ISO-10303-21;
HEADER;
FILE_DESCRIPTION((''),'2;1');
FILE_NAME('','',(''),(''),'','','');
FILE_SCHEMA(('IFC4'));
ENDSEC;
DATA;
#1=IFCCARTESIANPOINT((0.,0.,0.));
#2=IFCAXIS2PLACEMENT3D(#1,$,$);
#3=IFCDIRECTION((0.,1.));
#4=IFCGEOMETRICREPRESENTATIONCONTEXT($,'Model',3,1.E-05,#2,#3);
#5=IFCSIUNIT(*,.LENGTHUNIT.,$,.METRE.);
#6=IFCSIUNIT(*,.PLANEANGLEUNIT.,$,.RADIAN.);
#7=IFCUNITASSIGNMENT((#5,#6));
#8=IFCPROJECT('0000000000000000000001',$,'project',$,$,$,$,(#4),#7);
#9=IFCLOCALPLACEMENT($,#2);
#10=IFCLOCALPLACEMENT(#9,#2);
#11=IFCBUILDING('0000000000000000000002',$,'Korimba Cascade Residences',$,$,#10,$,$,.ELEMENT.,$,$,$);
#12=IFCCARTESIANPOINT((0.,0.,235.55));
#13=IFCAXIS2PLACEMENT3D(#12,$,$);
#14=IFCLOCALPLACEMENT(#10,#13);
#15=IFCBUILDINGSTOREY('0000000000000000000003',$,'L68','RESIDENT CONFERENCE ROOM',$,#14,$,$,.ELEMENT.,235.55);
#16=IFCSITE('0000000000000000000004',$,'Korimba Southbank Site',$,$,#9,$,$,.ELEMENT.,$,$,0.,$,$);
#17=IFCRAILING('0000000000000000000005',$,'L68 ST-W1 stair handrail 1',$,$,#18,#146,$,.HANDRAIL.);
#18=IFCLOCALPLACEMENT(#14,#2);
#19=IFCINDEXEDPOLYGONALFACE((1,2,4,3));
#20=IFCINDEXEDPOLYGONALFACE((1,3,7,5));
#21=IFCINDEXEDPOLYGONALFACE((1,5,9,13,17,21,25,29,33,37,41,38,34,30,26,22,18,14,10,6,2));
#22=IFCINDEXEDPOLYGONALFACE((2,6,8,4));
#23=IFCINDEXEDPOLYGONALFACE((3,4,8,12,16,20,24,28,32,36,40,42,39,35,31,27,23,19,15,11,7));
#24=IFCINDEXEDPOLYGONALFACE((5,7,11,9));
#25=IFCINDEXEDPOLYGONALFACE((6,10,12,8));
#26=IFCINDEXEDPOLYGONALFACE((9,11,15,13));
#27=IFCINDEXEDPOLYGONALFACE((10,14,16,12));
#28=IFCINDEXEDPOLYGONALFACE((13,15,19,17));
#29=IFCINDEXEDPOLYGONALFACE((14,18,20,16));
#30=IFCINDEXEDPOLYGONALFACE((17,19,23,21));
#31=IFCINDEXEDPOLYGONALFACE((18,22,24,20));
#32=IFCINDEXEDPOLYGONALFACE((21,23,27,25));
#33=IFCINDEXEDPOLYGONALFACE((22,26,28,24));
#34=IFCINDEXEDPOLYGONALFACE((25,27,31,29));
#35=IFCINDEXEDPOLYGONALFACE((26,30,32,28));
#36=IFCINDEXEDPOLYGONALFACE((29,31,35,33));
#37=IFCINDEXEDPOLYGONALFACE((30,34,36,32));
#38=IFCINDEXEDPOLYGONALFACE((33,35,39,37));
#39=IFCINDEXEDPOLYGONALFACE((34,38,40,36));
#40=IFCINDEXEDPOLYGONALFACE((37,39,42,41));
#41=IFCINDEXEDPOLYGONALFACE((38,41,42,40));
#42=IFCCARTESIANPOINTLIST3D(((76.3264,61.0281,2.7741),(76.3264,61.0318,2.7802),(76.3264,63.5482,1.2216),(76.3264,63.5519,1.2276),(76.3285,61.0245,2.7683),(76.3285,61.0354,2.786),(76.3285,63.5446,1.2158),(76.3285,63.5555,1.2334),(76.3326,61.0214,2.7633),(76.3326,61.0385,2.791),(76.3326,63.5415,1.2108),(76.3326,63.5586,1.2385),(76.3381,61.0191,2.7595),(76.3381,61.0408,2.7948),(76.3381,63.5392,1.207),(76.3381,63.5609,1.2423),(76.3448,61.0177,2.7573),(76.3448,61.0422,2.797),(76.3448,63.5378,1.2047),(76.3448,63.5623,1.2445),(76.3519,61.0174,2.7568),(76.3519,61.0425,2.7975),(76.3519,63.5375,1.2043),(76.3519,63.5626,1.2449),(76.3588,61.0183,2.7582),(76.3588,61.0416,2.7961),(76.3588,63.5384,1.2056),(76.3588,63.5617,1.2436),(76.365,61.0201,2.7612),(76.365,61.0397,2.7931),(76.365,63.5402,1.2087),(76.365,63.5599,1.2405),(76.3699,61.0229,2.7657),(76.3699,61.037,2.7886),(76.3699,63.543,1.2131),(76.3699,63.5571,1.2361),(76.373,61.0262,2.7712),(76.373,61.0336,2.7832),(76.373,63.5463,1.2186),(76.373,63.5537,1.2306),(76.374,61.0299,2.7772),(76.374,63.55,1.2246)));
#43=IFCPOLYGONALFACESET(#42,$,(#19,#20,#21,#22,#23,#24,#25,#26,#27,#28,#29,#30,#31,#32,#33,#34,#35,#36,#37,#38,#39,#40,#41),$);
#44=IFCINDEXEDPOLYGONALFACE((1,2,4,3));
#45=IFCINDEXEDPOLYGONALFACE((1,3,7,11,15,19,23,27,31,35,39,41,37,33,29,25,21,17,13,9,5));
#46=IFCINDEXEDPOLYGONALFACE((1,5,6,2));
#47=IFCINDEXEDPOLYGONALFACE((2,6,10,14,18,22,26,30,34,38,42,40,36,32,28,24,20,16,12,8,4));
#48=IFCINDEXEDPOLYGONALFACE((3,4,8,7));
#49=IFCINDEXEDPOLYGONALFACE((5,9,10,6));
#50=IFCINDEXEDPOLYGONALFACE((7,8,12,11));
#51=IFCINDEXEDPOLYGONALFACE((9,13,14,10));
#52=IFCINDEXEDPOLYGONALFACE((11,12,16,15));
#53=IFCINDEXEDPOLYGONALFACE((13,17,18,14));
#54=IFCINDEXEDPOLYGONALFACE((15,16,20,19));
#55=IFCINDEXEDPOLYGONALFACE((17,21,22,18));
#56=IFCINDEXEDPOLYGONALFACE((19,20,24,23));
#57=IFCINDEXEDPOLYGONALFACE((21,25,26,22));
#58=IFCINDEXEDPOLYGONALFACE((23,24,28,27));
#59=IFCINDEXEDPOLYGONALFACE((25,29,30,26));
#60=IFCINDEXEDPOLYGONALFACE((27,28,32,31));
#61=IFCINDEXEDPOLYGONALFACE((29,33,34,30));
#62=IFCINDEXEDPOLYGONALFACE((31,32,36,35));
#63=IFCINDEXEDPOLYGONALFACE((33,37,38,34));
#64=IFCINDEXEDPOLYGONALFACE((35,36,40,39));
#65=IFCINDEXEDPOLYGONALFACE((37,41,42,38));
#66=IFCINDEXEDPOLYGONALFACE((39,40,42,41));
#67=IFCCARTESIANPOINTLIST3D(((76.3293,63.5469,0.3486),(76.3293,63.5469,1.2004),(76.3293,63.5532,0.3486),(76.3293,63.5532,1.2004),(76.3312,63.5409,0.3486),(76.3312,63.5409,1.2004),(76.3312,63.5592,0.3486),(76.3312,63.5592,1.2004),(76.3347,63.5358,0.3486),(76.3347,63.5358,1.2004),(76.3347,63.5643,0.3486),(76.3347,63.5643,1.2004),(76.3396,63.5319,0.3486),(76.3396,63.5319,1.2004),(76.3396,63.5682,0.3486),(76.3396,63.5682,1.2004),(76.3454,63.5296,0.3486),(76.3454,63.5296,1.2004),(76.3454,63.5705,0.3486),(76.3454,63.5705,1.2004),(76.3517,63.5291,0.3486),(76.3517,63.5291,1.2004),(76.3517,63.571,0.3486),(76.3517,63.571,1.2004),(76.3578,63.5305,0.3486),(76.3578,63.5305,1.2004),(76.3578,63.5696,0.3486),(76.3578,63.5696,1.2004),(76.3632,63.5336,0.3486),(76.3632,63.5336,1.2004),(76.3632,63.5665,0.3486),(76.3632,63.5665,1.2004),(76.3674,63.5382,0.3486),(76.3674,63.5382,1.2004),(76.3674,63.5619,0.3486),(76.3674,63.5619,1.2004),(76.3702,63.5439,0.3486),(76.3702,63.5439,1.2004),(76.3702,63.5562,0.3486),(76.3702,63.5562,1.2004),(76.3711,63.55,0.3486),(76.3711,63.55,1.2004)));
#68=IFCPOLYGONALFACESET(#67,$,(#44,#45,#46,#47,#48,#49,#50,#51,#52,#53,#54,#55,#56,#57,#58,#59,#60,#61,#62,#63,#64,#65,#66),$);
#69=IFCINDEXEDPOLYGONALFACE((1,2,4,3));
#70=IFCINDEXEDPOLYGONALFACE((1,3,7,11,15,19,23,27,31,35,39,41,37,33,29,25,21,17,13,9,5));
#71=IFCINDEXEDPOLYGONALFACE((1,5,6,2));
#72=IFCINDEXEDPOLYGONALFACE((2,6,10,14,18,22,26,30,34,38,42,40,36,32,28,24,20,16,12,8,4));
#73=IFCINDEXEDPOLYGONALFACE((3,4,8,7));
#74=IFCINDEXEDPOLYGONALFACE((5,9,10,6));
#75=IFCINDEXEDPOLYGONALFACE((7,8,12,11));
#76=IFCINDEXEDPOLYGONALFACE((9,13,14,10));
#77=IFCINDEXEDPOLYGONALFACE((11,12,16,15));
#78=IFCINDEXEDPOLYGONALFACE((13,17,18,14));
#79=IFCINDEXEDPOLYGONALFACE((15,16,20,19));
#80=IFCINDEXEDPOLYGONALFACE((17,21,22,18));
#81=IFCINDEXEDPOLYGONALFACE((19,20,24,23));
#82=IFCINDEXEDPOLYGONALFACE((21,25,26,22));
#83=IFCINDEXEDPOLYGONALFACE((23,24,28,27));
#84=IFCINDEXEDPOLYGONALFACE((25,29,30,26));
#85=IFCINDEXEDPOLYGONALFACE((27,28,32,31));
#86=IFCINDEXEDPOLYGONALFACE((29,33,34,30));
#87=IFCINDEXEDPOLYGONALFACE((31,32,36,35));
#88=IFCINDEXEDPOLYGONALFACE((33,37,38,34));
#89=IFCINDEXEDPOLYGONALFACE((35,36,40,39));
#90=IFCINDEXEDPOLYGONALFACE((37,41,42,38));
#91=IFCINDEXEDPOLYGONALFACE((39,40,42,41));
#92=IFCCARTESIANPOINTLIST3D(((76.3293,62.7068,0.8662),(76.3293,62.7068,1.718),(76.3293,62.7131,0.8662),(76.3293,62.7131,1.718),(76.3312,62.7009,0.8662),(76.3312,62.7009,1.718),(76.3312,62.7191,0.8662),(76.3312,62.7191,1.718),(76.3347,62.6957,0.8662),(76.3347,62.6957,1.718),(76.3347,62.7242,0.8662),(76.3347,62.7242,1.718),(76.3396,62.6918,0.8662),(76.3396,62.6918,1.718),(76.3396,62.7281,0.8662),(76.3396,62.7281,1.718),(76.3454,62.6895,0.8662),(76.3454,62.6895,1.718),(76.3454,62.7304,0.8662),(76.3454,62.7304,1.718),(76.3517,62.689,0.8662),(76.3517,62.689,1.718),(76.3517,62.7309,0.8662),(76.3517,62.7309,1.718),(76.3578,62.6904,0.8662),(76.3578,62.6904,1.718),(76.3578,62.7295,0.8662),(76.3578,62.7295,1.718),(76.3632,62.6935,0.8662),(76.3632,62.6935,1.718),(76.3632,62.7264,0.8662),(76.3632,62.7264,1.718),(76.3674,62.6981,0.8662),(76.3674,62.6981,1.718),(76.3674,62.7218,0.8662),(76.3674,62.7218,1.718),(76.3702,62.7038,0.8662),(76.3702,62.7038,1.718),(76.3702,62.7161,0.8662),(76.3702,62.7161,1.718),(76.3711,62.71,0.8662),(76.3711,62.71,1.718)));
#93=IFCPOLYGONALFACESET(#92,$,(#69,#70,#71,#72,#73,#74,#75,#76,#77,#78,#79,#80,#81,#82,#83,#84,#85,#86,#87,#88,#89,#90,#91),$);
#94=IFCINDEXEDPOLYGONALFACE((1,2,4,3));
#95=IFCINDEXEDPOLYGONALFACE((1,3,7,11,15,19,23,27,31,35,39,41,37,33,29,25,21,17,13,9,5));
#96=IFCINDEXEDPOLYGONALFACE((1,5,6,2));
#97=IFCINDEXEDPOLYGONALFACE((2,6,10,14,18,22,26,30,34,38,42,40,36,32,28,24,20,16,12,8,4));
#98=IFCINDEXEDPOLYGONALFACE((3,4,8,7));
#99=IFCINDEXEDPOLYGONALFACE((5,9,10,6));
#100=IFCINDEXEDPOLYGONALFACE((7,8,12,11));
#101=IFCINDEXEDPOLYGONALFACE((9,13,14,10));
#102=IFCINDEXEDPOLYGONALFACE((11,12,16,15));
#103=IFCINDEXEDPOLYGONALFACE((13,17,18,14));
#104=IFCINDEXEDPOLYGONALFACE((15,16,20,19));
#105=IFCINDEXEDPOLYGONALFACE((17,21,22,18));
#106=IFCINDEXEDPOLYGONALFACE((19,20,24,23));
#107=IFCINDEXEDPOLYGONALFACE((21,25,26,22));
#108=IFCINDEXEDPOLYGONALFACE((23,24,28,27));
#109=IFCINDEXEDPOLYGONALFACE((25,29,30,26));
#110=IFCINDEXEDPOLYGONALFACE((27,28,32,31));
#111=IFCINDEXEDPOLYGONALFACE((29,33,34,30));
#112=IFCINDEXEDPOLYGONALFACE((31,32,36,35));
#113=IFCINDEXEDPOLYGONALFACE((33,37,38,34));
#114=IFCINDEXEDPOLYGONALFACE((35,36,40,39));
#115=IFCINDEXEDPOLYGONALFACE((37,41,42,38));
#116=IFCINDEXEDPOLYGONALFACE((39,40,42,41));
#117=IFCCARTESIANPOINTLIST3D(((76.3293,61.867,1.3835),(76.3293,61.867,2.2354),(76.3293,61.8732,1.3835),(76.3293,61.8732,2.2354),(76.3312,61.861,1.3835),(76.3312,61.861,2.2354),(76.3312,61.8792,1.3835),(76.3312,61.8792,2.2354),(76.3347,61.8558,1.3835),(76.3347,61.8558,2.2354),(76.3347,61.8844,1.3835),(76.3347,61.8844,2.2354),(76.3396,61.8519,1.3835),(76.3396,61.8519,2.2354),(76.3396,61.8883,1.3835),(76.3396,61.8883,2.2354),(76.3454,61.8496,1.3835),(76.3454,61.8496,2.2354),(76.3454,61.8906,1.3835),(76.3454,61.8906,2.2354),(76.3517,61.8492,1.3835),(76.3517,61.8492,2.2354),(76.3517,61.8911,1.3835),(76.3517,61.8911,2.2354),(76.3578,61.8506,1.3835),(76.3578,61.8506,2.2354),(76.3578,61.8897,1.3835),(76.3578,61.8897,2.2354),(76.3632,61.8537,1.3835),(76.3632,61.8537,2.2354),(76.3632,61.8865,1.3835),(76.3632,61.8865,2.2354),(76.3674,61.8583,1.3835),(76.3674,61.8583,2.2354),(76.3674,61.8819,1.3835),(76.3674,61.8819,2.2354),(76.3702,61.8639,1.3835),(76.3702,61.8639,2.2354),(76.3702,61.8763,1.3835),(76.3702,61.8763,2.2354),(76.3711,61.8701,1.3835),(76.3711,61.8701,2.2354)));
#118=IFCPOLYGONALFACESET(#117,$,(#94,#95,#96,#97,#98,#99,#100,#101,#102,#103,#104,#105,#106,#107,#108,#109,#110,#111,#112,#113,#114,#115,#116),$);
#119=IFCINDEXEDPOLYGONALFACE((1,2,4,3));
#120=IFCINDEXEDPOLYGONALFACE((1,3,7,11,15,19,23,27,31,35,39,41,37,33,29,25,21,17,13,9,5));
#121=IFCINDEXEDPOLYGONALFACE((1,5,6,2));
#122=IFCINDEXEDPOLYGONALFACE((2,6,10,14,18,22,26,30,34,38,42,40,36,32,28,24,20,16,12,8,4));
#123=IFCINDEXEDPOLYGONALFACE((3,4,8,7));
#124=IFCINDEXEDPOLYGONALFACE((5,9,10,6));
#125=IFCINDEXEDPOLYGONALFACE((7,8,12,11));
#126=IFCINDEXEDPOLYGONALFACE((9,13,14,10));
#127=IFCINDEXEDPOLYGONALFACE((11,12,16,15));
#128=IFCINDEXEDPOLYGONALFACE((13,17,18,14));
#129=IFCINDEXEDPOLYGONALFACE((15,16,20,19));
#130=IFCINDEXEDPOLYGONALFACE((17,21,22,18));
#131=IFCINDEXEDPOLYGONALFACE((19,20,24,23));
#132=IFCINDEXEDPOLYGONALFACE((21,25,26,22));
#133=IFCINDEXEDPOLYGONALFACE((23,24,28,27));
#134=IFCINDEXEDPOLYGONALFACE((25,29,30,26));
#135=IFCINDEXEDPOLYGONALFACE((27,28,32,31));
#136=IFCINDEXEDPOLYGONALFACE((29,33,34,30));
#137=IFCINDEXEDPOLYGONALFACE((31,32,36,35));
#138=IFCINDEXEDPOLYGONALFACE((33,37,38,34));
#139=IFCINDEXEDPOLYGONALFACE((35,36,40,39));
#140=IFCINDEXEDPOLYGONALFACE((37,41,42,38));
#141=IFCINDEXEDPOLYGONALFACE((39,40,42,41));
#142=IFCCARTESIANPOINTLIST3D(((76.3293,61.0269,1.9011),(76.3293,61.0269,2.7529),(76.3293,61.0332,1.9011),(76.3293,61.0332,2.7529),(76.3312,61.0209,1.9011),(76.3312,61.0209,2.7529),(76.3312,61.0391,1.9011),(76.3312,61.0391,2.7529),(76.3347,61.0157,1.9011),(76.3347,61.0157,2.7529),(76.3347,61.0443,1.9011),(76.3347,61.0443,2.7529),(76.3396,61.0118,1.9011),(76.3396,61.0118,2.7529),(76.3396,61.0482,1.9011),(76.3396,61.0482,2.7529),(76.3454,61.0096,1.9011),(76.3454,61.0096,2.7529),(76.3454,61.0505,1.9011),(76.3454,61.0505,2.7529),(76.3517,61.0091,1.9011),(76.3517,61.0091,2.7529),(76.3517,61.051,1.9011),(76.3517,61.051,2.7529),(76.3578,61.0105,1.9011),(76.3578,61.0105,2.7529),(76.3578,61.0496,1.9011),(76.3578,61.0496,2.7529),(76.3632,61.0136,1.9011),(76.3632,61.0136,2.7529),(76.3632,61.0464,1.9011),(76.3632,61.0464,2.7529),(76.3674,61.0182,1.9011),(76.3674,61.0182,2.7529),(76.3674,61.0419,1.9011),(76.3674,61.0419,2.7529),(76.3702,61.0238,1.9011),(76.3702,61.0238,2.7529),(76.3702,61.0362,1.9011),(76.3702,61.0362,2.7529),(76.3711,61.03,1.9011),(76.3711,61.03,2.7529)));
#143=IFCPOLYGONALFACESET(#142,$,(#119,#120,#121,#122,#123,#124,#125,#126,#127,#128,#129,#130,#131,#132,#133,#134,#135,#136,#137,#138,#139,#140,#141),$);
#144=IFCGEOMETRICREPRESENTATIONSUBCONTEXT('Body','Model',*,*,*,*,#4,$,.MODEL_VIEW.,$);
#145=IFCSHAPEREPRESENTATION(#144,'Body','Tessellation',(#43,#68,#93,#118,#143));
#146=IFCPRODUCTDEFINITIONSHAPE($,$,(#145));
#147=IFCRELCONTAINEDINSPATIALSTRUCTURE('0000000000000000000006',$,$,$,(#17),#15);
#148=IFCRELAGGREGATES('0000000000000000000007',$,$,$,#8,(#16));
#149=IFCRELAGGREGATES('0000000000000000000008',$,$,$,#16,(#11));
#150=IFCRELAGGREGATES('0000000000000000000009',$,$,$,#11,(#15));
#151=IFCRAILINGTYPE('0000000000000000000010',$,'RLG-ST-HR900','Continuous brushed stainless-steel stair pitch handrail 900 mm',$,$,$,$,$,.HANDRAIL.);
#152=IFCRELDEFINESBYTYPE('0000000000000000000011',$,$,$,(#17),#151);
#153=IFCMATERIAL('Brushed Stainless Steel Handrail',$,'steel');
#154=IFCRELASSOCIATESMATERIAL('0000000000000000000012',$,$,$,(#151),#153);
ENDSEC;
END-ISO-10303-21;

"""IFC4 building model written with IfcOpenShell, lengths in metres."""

from ifc_helpers import new_model, si_unit, direction, frame, origin, origin_2d, place, context, subcontext, project, spatial, circle, extrude, material, type_object, element, save


model = new_model("IFC4")

# Units and contexts
model_context = context("Model", 3, precision=1e-05, world=origin(), true_north=direction((0.0, 1.0)))
body_context = subcontext(model_context, "Body", "Model", "MODEL_VIEW")
ifc_project = project(units=[si_unit("LENGTHUNIT", "METRE"), si_unit("PLANEANGLEUNIT", "RADIAN")], contexts=[model_context])

# Site, building, storey
site_placement = place(None, origin())
site = spatial("IfcSite", under=ifc_project, at=site_placement, Name="Korimba Southbank Site", CompositionType="ELEMENT", RefElevation=0.0)
building_placement = place(site_placement, origin())
building = spatial("IfcBuilding", under=site, at=building_placement, Name="Korimba Cascade Residences", CompositionType="ELEMENT")
storey_placement = place(building_placement, frame((0.0, 0.0, 235.55)))
storey = spatial("IfcBuildingStorey", under=building, at=storey_placement, Name="L68", Description="RESIDENT CONFERENCE ROOM", CompositionType="ELEMENT", Elevation=235.55)

# Railing
ifc_material_1 = material(Name="Brushed Stainless Steel Handrail", Category="steel")
railing_type_1 = type_object("IfcRailingType", Name="RLG-ST-HR900", Description="Continuous brushed stainless-steel stair pitch handrail 900 mm", PredefinedType="HANDRAIL", material=ifc_material_1)
railing_1_placement = place(storey_placement, frame((76.3501, 63.55, 0.3486)))
element("IfcRailing", 1, at=railing_1_placement, inside=storey, type_object=railing_type_1, Name="L68 ST-W1 stair handrail 1", PredefinedType="HANDRAIL", context=body_context, shape_type="SweptSolid", body=[
    extrude(circle(Radius=0.0239, at=origin_2d()), frame((0.0, 0.0, 0.876), z_axis=(0.0, -0.8514, 0.524516), x_axis=(1.0, 0.0, 0.0)), (0.0, 0.0, 1.0), 2.96),
    extrude(circle(Radius=0.021, at=origin_2d()), origin(), (0.0, 0.0, 1.0), 0.8518),
    extrude(circle(Radius=0.021, at=origin_2d()), frame((0.0, -0.8401, 0.5176)), (0.0, 0.0, 1.0), 0.8518),
    extrude(circle(Radius=0.021, at=origin_2d()), frame((0.0, -1.6799, 1.0349)), (0.0, 0.0, 1.0), 0.8518),
    extrude(circle(Radius=0.021, at=origin_2d()), frame((0.0, -2.52, 1.5525)), (0.0, 0.0, 1.0), 0.8518),
])

save(model, "model.ifc")
